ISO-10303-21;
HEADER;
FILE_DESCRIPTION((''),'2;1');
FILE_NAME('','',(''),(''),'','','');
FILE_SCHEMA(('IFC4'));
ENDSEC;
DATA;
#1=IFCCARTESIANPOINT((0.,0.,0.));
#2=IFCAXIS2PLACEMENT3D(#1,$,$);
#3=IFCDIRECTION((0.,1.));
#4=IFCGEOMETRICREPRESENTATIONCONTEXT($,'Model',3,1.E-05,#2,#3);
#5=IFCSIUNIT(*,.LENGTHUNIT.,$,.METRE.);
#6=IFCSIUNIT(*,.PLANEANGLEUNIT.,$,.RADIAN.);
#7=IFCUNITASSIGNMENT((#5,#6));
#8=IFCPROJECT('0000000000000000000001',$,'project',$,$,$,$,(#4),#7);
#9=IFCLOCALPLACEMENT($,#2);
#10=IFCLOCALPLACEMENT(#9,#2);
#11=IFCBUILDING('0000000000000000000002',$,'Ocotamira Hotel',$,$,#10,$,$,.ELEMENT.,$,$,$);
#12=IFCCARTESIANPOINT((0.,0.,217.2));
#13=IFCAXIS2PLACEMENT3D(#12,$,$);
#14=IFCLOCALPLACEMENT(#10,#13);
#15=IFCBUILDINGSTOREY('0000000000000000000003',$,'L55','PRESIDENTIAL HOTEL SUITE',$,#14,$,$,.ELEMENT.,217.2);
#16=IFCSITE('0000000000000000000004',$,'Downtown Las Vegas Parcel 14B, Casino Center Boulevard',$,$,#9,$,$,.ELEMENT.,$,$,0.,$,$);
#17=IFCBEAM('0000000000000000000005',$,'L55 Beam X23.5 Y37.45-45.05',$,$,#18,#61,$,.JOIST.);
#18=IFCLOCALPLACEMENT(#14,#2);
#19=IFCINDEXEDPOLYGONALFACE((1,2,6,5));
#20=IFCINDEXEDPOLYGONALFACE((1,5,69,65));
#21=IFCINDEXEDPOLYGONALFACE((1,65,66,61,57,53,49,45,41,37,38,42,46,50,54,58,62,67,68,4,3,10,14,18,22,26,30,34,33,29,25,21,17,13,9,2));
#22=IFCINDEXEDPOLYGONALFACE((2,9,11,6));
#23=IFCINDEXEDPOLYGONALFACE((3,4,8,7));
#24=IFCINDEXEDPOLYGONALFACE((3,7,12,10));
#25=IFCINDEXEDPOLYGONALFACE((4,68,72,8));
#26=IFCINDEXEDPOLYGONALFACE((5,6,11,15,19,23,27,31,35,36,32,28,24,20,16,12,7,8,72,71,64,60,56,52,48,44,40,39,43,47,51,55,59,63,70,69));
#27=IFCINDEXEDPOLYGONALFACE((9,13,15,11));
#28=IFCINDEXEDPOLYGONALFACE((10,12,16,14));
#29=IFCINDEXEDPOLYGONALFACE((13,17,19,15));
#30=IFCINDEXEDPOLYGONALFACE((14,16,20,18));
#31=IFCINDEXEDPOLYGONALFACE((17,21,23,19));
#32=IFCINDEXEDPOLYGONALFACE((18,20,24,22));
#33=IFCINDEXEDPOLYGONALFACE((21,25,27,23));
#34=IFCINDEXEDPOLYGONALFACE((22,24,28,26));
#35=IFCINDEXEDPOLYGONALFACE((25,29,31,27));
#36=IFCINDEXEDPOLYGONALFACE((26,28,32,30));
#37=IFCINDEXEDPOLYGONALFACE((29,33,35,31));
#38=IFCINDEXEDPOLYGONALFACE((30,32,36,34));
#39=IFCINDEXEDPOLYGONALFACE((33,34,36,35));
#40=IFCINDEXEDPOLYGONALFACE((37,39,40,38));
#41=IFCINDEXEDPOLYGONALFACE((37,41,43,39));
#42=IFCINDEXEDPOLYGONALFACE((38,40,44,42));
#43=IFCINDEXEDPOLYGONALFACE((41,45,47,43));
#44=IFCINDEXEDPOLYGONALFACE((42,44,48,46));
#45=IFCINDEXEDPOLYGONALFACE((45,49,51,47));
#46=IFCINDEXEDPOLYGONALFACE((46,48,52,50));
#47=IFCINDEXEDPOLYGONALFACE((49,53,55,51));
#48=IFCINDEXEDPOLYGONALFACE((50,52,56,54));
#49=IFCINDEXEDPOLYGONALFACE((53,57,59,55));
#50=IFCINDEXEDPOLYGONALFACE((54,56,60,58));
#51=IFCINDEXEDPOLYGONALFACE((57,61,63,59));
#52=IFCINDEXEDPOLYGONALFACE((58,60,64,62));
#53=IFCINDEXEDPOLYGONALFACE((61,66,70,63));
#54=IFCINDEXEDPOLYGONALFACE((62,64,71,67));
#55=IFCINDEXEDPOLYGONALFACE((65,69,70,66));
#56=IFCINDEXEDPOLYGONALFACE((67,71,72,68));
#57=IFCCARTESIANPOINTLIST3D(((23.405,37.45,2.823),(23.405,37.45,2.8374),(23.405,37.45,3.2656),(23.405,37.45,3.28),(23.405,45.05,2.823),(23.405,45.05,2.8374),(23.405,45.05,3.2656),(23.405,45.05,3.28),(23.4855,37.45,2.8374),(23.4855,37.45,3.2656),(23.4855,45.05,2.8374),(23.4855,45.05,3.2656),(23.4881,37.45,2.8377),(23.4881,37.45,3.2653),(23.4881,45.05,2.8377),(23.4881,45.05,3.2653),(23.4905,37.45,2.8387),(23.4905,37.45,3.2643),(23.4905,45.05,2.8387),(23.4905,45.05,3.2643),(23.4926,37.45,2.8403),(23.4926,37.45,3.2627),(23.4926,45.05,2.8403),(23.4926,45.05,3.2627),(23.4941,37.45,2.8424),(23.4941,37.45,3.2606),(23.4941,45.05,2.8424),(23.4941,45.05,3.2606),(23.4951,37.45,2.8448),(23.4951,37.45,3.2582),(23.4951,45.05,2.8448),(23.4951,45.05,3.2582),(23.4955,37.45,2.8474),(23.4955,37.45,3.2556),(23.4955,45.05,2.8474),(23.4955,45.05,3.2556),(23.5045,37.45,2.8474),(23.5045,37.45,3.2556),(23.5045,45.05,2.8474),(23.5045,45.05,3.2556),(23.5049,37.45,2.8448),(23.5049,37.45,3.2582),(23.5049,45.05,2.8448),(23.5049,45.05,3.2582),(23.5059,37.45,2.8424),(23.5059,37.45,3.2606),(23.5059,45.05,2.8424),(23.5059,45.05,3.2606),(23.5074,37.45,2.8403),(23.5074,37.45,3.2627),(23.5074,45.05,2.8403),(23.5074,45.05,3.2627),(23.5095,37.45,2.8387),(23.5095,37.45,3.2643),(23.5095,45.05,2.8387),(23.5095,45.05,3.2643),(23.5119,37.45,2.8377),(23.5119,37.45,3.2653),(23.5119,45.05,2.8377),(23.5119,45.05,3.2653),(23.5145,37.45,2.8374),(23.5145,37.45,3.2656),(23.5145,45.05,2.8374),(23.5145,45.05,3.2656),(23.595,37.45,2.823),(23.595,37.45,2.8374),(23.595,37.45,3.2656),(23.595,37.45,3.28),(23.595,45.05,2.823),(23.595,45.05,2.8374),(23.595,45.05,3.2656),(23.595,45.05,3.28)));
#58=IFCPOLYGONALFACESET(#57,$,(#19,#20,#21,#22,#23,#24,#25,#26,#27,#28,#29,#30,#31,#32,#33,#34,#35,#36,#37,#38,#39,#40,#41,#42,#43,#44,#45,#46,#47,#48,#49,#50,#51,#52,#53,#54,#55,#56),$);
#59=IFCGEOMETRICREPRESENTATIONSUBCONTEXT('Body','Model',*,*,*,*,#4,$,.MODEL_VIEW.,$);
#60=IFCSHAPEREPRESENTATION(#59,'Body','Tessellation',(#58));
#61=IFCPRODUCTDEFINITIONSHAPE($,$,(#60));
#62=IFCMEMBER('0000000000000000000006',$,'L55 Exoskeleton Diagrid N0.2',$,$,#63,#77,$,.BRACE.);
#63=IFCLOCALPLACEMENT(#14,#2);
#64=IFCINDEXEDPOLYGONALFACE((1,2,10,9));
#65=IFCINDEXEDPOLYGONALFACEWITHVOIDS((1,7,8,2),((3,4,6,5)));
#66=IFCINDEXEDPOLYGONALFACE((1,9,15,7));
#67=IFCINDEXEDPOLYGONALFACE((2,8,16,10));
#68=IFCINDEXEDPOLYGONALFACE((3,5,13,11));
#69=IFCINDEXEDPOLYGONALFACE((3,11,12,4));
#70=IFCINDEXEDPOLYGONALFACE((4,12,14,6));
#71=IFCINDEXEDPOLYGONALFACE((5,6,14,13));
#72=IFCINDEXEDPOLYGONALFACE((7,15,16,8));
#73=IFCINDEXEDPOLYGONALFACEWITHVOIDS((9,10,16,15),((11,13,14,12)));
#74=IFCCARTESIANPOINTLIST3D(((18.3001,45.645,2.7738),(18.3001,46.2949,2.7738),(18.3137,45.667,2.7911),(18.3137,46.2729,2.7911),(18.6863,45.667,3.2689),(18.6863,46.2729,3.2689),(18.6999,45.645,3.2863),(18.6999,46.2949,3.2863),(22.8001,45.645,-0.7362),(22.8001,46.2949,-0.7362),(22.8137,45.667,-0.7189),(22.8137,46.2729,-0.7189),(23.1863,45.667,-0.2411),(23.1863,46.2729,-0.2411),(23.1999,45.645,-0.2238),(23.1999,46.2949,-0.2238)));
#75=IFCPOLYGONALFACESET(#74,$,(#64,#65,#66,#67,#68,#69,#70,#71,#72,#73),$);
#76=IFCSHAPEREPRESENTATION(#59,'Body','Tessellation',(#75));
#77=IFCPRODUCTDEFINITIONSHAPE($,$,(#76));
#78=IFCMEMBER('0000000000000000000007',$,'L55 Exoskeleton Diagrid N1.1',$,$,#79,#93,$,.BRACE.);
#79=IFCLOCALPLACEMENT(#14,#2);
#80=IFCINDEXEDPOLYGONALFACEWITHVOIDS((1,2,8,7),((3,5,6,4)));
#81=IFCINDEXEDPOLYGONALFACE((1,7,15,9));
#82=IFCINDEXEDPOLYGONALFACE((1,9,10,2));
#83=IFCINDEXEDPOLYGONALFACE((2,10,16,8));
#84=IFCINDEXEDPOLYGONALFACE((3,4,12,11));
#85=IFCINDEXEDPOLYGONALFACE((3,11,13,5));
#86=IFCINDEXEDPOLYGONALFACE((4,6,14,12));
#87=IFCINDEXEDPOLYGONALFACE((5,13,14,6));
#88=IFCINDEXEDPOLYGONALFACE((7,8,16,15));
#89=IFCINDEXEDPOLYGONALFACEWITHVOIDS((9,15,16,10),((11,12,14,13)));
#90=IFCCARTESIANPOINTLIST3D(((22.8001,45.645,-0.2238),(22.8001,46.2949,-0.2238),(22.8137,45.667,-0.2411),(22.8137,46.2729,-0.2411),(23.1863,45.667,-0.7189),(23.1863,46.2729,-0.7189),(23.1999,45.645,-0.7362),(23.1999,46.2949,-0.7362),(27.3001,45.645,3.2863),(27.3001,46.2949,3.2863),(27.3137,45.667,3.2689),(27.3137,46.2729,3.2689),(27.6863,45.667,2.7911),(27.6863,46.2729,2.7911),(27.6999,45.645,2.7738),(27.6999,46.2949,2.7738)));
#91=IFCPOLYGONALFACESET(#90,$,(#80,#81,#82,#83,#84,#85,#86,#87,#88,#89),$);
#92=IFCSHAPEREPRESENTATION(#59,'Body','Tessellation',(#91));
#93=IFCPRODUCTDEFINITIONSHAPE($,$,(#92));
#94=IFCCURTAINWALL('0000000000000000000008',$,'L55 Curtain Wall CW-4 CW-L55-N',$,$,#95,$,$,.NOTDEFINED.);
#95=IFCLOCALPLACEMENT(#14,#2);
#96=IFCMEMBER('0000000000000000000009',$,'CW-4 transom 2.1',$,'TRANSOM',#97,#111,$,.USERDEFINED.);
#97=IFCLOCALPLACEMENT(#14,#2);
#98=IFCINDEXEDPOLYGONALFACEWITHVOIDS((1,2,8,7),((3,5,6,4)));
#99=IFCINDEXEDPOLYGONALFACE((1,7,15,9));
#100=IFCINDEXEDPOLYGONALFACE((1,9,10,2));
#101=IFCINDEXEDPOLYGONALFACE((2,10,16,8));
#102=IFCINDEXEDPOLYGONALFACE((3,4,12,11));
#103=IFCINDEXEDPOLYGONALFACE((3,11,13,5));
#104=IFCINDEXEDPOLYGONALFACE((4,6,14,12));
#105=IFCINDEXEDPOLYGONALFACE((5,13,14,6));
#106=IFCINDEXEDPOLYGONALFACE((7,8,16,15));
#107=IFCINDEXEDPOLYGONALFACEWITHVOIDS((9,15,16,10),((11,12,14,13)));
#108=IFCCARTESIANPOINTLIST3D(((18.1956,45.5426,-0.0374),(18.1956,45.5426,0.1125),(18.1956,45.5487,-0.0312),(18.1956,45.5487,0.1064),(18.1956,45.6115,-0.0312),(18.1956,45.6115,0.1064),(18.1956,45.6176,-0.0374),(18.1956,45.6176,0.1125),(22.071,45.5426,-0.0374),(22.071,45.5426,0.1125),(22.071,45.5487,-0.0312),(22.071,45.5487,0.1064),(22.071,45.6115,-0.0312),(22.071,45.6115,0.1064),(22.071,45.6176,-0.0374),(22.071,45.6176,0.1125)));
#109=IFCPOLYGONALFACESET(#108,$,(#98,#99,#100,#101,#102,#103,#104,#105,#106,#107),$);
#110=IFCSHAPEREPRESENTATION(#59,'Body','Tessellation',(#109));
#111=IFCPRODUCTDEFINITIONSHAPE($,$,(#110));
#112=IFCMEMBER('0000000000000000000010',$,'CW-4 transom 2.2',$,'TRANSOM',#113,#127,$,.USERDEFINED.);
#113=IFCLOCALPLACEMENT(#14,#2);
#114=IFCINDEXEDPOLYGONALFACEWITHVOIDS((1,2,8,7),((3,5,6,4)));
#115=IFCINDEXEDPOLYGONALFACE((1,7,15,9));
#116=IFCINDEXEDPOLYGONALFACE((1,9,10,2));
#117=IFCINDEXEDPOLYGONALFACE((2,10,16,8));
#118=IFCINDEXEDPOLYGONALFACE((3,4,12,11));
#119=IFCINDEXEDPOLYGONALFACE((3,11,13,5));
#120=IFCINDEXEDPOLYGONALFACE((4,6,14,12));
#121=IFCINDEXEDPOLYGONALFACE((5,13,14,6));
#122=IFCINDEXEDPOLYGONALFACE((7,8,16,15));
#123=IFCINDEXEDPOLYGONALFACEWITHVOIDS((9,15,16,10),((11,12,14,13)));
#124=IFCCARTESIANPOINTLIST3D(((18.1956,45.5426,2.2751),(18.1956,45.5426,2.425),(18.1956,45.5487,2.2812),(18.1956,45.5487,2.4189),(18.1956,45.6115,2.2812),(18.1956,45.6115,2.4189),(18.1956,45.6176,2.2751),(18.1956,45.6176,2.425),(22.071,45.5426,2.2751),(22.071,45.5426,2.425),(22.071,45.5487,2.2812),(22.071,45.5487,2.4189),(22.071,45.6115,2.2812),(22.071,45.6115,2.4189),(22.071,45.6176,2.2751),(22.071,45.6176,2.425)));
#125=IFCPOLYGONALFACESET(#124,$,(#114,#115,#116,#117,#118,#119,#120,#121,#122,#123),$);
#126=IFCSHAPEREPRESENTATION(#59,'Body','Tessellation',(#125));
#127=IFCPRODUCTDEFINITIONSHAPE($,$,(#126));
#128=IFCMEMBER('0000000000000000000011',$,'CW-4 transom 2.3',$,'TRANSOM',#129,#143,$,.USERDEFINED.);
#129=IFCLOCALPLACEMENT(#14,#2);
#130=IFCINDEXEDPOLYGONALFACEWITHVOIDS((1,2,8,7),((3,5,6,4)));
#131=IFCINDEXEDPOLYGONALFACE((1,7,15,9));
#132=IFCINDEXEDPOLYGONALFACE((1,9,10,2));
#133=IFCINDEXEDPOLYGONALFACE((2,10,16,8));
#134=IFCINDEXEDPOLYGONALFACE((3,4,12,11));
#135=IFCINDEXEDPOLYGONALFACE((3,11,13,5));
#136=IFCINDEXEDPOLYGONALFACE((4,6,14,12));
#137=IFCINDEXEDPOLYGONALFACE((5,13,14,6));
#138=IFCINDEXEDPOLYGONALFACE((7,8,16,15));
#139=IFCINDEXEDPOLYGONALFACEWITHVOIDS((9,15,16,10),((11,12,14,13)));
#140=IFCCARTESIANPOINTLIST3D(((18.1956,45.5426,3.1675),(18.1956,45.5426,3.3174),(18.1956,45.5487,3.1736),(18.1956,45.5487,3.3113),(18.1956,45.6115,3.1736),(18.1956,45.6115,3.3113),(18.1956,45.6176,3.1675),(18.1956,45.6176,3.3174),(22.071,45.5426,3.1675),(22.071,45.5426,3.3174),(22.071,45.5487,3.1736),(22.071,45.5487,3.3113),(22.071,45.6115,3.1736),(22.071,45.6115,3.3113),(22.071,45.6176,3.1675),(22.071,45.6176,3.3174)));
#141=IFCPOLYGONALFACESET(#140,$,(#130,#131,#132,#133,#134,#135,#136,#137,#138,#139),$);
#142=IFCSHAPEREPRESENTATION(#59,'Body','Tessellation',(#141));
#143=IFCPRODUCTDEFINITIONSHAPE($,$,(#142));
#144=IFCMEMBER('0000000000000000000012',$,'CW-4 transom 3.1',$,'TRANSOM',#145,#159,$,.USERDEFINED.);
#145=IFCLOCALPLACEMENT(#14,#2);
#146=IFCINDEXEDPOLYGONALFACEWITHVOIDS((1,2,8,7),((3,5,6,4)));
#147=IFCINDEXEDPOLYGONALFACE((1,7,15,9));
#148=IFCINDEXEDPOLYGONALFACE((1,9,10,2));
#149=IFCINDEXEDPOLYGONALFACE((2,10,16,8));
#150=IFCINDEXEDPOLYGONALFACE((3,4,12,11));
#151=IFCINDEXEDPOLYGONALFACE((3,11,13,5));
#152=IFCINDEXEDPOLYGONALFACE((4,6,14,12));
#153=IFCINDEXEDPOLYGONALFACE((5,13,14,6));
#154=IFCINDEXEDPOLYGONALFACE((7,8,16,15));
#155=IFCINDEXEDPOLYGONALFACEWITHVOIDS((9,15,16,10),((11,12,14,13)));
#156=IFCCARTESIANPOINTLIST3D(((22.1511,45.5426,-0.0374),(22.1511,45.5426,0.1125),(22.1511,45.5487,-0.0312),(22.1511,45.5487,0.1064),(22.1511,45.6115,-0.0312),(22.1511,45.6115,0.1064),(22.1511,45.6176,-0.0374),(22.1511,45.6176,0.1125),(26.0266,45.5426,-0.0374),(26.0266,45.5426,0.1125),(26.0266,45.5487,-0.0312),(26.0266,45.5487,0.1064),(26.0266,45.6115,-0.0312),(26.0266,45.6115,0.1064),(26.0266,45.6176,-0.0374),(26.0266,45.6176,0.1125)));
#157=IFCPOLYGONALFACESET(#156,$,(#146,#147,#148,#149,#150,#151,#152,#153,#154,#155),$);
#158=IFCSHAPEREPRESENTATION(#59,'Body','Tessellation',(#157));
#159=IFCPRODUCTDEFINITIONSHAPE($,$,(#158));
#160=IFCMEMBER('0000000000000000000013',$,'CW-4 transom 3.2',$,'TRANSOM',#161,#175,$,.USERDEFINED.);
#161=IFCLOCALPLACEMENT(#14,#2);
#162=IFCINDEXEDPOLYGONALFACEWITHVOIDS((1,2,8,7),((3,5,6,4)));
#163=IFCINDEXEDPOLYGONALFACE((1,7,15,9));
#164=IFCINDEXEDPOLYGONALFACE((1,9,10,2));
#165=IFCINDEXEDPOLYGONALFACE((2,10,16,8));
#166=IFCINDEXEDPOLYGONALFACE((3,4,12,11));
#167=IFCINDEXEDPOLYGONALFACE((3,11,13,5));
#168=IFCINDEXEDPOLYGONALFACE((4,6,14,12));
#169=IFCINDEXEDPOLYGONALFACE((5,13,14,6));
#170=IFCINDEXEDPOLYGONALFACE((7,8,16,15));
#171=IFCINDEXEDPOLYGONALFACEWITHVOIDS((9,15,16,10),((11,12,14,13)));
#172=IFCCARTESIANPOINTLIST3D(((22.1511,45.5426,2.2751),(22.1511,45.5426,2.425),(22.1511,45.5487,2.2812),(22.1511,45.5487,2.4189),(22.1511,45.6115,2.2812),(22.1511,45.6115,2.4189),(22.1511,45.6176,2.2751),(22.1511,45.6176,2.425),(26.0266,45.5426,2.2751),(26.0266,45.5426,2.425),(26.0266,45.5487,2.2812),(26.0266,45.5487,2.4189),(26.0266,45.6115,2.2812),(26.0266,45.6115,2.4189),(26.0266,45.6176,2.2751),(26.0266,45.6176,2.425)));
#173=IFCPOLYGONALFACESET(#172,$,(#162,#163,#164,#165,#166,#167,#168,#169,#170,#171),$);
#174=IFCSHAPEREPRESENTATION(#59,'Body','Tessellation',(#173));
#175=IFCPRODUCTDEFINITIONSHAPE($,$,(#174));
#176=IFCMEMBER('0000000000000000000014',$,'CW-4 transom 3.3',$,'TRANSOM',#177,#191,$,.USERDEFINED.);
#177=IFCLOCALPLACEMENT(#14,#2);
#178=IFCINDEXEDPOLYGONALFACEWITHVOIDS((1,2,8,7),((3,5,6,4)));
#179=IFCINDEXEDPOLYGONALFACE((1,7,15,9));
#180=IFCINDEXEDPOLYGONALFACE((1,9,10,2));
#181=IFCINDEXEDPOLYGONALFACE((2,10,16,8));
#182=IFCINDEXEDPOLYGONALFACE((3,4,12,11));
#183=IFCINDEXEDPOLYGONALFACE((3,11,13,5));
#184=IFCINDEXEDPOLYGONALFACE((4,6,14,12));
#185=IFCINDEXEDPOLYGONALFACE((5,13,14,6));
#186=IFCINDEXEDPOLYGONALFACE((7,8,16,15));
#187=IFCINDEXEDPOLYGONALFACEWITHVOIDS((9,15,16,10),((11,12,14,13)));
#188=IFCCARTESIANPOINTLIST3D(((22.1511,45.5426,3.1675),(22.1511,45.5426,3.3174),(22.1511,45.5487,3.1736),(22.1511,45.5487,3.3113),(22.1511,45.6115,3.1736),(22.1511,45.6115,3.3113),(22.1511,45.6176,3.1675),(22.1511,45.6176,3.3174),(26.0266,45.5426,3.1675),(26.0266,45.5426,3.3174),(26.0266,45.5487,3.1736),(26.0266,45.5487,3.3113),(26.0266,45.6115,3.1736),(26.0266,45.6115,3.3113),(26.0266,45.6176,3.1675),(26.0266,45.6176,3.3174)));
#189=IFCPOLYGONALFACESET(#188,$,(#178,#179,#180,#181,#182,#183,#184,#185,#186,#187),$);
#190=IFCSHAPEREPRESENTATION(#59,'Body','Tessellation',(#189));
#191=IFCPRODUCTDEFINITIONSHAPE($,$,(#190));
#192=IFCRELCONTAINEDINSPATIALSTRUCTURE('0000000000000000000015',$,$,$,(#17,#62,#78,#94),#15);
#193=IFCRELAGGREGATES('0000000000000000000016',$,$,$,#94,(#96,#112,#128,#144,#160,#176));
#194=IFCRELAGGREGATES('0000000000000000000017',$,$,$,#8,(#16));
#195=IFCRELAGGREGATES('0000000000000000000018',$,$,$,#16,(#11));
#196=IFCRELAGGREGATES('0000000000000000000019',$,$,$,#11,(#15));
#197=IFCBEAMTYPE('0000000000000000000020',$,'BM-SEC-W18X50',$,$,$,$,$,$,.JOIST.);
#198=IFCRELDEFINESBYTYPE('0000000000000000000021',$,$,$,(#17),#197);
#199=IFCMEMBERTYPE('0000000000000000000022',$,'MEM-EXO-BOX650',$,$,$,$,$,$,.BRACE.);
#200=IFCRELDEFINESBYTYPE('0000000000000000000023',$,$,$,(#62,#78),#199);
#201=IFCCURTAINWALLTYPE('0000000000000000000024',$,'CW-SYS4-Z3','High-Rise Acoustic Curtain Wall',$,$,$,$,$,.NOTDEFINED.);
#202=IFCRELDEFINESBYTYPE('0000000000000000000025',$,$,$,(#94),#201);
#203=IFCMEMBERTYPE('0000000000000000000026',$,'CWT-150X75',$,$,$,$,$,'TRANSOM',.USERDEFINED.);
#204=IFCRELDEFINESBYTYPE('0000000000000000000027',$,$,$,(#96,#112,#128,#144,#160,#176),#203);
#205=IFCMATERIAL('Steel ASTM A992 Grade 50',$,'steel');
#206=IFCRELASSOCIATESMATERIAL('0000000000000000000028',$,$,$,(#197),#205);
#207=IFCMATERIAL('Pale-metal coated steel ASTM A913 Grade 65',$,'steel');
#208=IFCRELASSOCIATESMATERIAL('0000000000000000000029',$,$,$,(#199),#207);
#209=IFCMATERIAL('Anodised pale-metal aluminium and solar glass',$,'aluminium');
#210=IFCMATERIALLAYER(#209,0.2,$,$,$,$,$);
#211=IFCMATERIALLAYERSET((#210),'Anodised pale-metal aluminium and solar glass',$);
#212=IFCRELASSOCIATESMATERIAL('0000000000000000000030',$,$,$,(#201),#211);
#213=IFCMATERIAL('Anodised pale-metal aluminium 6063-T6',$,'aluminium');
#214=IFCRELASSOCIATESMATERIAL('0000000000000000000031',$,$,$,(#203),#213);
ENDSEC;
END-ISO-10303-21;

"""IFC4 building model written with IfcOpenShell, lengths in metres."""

from ifc_helpers import new_model, si_unit, direction, frame, origin, origin_2d, place, context, subcontext, project, spatial, hollow_rectangle, i_section, extrude, source, transform, mapped, material, layer, layer_set, material_profile, profile_set, type_object, element, aggregate, save


model = new_model("IFC4")

# Units and contexts
model_context = context("Model", 3, precision=1e-05, world=origin(), true_north=direction((0.0, 1.0)))
body_context = subcontext(model_context, "Body", "Model", "MODEL_VIEW")
ifc_project = project(units=[si_unit("LENGTHUNIT", "METRE"), si_unit("PLANEANGLEUNIT", "RADIAN")], contexts=[model_context])

# Site, building, storey
site_placement = place(None, origin())
site = spatial("IfcSite", under=ifc_project, at=site_placement, Name="Downtown Las Vegas Parcel 14B, Casino Center Boulevard", CompositionType="ELEMENT", RefElevation=0.0)
building_placement = place(site_placement, origin())
building = spatial("IfcBuilding", under=site, at=building_placement, Name="Ocotamira Hotel", CompositionType="ELEMENT")
storey_placement = place(building_placement, frame((0.0, 0.0, 217.2)))
storey = spatial("IfcBuildingStorey", under=building, at=storey_placement, Name="L55", Description="PRESIDENTIAL HOTEL SUITE", CompositionType="ELEMENT", Elevation=217.2)

# Beam
ifc_material_1 = material(Name="Steel ASTM A992 Grade 50", Category="steel")
ifc_material_profile_1 = material_profile(ifc_material_1, i_section(OverallWidth=0.1899, OverallDepth=0.457, WebThickness=0.009, FlangeThickness=0.0144, FilletRadius=0.01, at=origin_2d()), Name="W18X50")
ifc_profile_set_1 = profile_set([ifc_material_profile_1], Name="Steel ASTM A992 Grade 50")
beam_type_1 = type_object("IfcBeamType", Name="BM-SEC-W18X50", PredefinedType="JOIST", material=ifc_profile_set_1)
shared_shape_1 = source(origin(), body_context, "Body", "SweptSolid", [
    extrude(i_section(OverallWidth=0.1899, OverallDepth=0.457, WebThickness=0.009, FlangeThickness=0.0144, FilletRadius=0.01, at=origin_2d()), origin(), (0.0, 0.0, 1.0), 7.6001),
])
beam_1_placement = place(storey_placement, frame((23.5, 37.45, 3.0515), z_axis=(0.0, 1.0, 0.0), x_axis=(-1.0, 0.0, 0.0)))
element("IfcBeam", 1, at=beam_1_placement, inside=storey, type_object=beam_type_1, Name="L55 Beam X23.5 Y37.45-45.05", PredefinedType="JOIST", context=body_context, shape_type="MappedRepresentation", body=[
    mapped(shared_shape_1, transform((0.0, 0.0, 0.0), scale=1.0)),
])

# Members
ifc_material_2 = material(Name="Pale-metal coated steel ASTM A913 Grade 65", Category="steel")
ifc_material_profile_2 = material_profile(ifc_material_2, hollow_rectangle(XDim=0.6499, YDim=0.6499, WallThickness=0.022, at=origin_2d()), Name="BOX650X650X22")
ifc_profile_set_2 = profile_set([ifc_material_profile_2], Name="Pale-metal coated steel ASTM A913 Grade 65")
member_type_1 = type_object("IfcMemberType", Name="MEM-EXO-BOX650", PredefinedType="BRACE", material=ifc_profile_set_2)
shared_shape_2 = source(origin(), body_context, "Body", "SweptSolid", [
    extrude(hollow_rectangle(XDim=0.6499, YDim=0.6499, WallThickness=0.022, at=origin_2d()), origin(), (0.0, 0.0, 1.0), 5.707),
])
for number, where, z_axis, x_axis, name in (
    (2, (23.0, 45.97, -0.48), (-0.788501, 0.0, 0.615033), (0.0, -1.0, 0.0), "L55 Exoskeleton Diagrid N0.2"),
    (3, (23.0, 45.97, -0.48), (0.788501, 0.0, 0.615033), (0.0, 1.0, 0.0), "L55 Exoskeleton Diagrid N1.1"),
):
    element("IfcMember", number, at=place(storey_placement, frame(where, z_axis=z_axis, x_axis=x_axis)), inside=storey, type_object=member_type_1, Name=name, PredefinedType="BRACE", context=body_context, shape_type="MappedRepresentation", body=[
        mapped(shared_shape_2, transform((0.0, 0.0, 0.0), scale=1.0)),
    ])

# Curtain wall, members
ifc_material_3 = material(Name="Anodised pale-metal aluminium and solar glass", Category="aluminium")
ifc_layer_1 = layer(ifc_material_3, 0.2)
ifc_layer_set_1 = layer_set([ifc_layer_1], Name="Anodised pale-metal aluminium and solar glass")
curtain_wall_type = type_object("IfcCurtainWallType", Name="CW-SYS4-Z3", Description="High-Rise Acoustic Curtain Wall", PredefinedType="NOTDEFINED", material=ifc_layer_set_1)
curtain_wall_placement = place(storey_placement, origin())
curtain_wall = element("IfcCurtainWall", 4, at=curtain_wall_placement, inside=storey, type_object=curtain_wall_type, Name="L55 Curtain Wall CW-4 CW-L55-N", PredefinedType="NOTDEFINED")
ifc_material_4 = material(Name="Anodised pale-metal aluminium 6063-T6", Category="aluminium")
ifc_material_profile_3 = material_profile(ifc_material_4, hollow_rectangle(XDim=0.075, YDim=0.1499, WallThickness=0.0061, at=origin_2d()), Name="HSS150X75X6")
ifc_profile_set_3 = profile_set([ifc_material_profile_3], Name="Anodised pale-metal aluminium 6063-T6")
member_type_2 = type_object("IfcMemberType", Name="CWT-150X75", ElementType="TRANSOM", PredefinedType="USERDEFINED", material=ifc_profile_set_3)
shared_shape_3 = source(origin(), body_context, "Body", "SweptSolid", [
    extrude(hollow_rectangle(XDim=0.075, YDim=0.1499, WallThickness=0.0061, at=origin_2d()), origin(), (0.0, 0.0, 1.0), 3.8755),
])
member_1_placement = place(storey_placement, frame((18.1956, 45.5801, 0.0376), z_axis=(1.0, 0.0, 0.0), x_axis=(0.0, 1.0, 0.0)))
member_1 = element("IfcMember", 5, at=member_1_placement, type_object=member_type_2, Name="CW-4 transom 2.1", ObjectType="TRANSOM", PredefinedType="USERDEFINED", context=body_context, shape_type="MappedRepresentation", body=[
    mapped(shared_shape_3, transform((0.0, 0.0, 0.0), scale=1.0)),
])
member_2_placement = place(storey_placement, frame((18.1956, 45.5801, 2.3501), z_axis=(1.0, 0.0, 0.0), x_axis=(0.0, 1.0, 0.0)))
member_2 = element("IfcMember", 6, at=member_2_placement, type_object=member_type_2, Name="CW-4 transom 2.2", ObjectType="TRANSOM", PredefinedType="USERDEFINED", context=body_context, shape_type="MappedRepresentation", body=[
    mapped(shared_shape_3, transform((0.0, 0.0, 0.0), scale=1.0)),
])
member_3_placement = place(storey_placement, frame((18.1956, 45.5801, 3.2424), z_axis=(1.0, 0.0, 0.0), x_axis=(0.0, 1.0, 0.0)))
member_3 = element("IfcMember", 7, at=member_3_placement, type_object=member_type_2, Name="CW-4 transom 2.3", ObjectType="TRANSOM", PredefinedType="USERDEFINED", context=body_context, shape_type="MappedRepresentation", body=[
    mapped(shared_shape_3, transform((0.0, 0.0, 0.0), scale=1.0)),
])
member_4_placement = place(storey_placement, frame((22.1511, 45.5801, 0.0376), z_axis=(1.0, 0.0, 0.0), x_axis=(0.0, 1.0, 0.0)))
member_4 = element("IfcMember", 8, at=member_4_placement, type_object=member_type_2, Name="CW-4 transom 3.1", ObjectType="TRANSOM", PredefinedType="USERDEFINED", context=body_context, shape_type="MappedRepresentation", body=[
    mapped(shared_shape_3, transform((0.0, 0.0, 0.0), scale=1.0)),
])
member_5_placement = place(storey_placement, frame((22.1511, 45.5801, 2.3501), z_axis=(1.0, 0.0, 0.0), x_axis=(0.0, 1.0, 0.0)))
member_5 = element("IfcMember", 9, at=member_5_placement, type_object=member_type_2, Name="CW-4 transom 3.2", ObjectType="TRANSOM", PredefinedType="USERDEFINED", context=body_context, shape_type="MappedRepresentation", body=[
    mapped(shared_shape_3, transform((0.0, 0.0, 0.0), scale=1.0)),
])
member_6_placement = place(storey_placement, frame((22.1511, 45.5801, 3.2424), z_axis=(1.0, 0.0, 0.0), x_axis=(0.0, 1.0, 0.0)))
member_6 = element("IfcMember", 10, at=member_6_placement, type_object=member_type_2, Name="CW-4 transom 3.3", ObjectType="TRANSOM", PredefinedType="USERDEFINED", context=body_context, shape_type="MappedRepresentation", body=[
    mapped(shared_shape_3, transform((0.0, 0.0, 0.0), scale=1.0)),
])

aggregate(curtain_wall, [member_1, member_2, member_3, member_4, member_5, member_6])

save(model, "model.ifc")
